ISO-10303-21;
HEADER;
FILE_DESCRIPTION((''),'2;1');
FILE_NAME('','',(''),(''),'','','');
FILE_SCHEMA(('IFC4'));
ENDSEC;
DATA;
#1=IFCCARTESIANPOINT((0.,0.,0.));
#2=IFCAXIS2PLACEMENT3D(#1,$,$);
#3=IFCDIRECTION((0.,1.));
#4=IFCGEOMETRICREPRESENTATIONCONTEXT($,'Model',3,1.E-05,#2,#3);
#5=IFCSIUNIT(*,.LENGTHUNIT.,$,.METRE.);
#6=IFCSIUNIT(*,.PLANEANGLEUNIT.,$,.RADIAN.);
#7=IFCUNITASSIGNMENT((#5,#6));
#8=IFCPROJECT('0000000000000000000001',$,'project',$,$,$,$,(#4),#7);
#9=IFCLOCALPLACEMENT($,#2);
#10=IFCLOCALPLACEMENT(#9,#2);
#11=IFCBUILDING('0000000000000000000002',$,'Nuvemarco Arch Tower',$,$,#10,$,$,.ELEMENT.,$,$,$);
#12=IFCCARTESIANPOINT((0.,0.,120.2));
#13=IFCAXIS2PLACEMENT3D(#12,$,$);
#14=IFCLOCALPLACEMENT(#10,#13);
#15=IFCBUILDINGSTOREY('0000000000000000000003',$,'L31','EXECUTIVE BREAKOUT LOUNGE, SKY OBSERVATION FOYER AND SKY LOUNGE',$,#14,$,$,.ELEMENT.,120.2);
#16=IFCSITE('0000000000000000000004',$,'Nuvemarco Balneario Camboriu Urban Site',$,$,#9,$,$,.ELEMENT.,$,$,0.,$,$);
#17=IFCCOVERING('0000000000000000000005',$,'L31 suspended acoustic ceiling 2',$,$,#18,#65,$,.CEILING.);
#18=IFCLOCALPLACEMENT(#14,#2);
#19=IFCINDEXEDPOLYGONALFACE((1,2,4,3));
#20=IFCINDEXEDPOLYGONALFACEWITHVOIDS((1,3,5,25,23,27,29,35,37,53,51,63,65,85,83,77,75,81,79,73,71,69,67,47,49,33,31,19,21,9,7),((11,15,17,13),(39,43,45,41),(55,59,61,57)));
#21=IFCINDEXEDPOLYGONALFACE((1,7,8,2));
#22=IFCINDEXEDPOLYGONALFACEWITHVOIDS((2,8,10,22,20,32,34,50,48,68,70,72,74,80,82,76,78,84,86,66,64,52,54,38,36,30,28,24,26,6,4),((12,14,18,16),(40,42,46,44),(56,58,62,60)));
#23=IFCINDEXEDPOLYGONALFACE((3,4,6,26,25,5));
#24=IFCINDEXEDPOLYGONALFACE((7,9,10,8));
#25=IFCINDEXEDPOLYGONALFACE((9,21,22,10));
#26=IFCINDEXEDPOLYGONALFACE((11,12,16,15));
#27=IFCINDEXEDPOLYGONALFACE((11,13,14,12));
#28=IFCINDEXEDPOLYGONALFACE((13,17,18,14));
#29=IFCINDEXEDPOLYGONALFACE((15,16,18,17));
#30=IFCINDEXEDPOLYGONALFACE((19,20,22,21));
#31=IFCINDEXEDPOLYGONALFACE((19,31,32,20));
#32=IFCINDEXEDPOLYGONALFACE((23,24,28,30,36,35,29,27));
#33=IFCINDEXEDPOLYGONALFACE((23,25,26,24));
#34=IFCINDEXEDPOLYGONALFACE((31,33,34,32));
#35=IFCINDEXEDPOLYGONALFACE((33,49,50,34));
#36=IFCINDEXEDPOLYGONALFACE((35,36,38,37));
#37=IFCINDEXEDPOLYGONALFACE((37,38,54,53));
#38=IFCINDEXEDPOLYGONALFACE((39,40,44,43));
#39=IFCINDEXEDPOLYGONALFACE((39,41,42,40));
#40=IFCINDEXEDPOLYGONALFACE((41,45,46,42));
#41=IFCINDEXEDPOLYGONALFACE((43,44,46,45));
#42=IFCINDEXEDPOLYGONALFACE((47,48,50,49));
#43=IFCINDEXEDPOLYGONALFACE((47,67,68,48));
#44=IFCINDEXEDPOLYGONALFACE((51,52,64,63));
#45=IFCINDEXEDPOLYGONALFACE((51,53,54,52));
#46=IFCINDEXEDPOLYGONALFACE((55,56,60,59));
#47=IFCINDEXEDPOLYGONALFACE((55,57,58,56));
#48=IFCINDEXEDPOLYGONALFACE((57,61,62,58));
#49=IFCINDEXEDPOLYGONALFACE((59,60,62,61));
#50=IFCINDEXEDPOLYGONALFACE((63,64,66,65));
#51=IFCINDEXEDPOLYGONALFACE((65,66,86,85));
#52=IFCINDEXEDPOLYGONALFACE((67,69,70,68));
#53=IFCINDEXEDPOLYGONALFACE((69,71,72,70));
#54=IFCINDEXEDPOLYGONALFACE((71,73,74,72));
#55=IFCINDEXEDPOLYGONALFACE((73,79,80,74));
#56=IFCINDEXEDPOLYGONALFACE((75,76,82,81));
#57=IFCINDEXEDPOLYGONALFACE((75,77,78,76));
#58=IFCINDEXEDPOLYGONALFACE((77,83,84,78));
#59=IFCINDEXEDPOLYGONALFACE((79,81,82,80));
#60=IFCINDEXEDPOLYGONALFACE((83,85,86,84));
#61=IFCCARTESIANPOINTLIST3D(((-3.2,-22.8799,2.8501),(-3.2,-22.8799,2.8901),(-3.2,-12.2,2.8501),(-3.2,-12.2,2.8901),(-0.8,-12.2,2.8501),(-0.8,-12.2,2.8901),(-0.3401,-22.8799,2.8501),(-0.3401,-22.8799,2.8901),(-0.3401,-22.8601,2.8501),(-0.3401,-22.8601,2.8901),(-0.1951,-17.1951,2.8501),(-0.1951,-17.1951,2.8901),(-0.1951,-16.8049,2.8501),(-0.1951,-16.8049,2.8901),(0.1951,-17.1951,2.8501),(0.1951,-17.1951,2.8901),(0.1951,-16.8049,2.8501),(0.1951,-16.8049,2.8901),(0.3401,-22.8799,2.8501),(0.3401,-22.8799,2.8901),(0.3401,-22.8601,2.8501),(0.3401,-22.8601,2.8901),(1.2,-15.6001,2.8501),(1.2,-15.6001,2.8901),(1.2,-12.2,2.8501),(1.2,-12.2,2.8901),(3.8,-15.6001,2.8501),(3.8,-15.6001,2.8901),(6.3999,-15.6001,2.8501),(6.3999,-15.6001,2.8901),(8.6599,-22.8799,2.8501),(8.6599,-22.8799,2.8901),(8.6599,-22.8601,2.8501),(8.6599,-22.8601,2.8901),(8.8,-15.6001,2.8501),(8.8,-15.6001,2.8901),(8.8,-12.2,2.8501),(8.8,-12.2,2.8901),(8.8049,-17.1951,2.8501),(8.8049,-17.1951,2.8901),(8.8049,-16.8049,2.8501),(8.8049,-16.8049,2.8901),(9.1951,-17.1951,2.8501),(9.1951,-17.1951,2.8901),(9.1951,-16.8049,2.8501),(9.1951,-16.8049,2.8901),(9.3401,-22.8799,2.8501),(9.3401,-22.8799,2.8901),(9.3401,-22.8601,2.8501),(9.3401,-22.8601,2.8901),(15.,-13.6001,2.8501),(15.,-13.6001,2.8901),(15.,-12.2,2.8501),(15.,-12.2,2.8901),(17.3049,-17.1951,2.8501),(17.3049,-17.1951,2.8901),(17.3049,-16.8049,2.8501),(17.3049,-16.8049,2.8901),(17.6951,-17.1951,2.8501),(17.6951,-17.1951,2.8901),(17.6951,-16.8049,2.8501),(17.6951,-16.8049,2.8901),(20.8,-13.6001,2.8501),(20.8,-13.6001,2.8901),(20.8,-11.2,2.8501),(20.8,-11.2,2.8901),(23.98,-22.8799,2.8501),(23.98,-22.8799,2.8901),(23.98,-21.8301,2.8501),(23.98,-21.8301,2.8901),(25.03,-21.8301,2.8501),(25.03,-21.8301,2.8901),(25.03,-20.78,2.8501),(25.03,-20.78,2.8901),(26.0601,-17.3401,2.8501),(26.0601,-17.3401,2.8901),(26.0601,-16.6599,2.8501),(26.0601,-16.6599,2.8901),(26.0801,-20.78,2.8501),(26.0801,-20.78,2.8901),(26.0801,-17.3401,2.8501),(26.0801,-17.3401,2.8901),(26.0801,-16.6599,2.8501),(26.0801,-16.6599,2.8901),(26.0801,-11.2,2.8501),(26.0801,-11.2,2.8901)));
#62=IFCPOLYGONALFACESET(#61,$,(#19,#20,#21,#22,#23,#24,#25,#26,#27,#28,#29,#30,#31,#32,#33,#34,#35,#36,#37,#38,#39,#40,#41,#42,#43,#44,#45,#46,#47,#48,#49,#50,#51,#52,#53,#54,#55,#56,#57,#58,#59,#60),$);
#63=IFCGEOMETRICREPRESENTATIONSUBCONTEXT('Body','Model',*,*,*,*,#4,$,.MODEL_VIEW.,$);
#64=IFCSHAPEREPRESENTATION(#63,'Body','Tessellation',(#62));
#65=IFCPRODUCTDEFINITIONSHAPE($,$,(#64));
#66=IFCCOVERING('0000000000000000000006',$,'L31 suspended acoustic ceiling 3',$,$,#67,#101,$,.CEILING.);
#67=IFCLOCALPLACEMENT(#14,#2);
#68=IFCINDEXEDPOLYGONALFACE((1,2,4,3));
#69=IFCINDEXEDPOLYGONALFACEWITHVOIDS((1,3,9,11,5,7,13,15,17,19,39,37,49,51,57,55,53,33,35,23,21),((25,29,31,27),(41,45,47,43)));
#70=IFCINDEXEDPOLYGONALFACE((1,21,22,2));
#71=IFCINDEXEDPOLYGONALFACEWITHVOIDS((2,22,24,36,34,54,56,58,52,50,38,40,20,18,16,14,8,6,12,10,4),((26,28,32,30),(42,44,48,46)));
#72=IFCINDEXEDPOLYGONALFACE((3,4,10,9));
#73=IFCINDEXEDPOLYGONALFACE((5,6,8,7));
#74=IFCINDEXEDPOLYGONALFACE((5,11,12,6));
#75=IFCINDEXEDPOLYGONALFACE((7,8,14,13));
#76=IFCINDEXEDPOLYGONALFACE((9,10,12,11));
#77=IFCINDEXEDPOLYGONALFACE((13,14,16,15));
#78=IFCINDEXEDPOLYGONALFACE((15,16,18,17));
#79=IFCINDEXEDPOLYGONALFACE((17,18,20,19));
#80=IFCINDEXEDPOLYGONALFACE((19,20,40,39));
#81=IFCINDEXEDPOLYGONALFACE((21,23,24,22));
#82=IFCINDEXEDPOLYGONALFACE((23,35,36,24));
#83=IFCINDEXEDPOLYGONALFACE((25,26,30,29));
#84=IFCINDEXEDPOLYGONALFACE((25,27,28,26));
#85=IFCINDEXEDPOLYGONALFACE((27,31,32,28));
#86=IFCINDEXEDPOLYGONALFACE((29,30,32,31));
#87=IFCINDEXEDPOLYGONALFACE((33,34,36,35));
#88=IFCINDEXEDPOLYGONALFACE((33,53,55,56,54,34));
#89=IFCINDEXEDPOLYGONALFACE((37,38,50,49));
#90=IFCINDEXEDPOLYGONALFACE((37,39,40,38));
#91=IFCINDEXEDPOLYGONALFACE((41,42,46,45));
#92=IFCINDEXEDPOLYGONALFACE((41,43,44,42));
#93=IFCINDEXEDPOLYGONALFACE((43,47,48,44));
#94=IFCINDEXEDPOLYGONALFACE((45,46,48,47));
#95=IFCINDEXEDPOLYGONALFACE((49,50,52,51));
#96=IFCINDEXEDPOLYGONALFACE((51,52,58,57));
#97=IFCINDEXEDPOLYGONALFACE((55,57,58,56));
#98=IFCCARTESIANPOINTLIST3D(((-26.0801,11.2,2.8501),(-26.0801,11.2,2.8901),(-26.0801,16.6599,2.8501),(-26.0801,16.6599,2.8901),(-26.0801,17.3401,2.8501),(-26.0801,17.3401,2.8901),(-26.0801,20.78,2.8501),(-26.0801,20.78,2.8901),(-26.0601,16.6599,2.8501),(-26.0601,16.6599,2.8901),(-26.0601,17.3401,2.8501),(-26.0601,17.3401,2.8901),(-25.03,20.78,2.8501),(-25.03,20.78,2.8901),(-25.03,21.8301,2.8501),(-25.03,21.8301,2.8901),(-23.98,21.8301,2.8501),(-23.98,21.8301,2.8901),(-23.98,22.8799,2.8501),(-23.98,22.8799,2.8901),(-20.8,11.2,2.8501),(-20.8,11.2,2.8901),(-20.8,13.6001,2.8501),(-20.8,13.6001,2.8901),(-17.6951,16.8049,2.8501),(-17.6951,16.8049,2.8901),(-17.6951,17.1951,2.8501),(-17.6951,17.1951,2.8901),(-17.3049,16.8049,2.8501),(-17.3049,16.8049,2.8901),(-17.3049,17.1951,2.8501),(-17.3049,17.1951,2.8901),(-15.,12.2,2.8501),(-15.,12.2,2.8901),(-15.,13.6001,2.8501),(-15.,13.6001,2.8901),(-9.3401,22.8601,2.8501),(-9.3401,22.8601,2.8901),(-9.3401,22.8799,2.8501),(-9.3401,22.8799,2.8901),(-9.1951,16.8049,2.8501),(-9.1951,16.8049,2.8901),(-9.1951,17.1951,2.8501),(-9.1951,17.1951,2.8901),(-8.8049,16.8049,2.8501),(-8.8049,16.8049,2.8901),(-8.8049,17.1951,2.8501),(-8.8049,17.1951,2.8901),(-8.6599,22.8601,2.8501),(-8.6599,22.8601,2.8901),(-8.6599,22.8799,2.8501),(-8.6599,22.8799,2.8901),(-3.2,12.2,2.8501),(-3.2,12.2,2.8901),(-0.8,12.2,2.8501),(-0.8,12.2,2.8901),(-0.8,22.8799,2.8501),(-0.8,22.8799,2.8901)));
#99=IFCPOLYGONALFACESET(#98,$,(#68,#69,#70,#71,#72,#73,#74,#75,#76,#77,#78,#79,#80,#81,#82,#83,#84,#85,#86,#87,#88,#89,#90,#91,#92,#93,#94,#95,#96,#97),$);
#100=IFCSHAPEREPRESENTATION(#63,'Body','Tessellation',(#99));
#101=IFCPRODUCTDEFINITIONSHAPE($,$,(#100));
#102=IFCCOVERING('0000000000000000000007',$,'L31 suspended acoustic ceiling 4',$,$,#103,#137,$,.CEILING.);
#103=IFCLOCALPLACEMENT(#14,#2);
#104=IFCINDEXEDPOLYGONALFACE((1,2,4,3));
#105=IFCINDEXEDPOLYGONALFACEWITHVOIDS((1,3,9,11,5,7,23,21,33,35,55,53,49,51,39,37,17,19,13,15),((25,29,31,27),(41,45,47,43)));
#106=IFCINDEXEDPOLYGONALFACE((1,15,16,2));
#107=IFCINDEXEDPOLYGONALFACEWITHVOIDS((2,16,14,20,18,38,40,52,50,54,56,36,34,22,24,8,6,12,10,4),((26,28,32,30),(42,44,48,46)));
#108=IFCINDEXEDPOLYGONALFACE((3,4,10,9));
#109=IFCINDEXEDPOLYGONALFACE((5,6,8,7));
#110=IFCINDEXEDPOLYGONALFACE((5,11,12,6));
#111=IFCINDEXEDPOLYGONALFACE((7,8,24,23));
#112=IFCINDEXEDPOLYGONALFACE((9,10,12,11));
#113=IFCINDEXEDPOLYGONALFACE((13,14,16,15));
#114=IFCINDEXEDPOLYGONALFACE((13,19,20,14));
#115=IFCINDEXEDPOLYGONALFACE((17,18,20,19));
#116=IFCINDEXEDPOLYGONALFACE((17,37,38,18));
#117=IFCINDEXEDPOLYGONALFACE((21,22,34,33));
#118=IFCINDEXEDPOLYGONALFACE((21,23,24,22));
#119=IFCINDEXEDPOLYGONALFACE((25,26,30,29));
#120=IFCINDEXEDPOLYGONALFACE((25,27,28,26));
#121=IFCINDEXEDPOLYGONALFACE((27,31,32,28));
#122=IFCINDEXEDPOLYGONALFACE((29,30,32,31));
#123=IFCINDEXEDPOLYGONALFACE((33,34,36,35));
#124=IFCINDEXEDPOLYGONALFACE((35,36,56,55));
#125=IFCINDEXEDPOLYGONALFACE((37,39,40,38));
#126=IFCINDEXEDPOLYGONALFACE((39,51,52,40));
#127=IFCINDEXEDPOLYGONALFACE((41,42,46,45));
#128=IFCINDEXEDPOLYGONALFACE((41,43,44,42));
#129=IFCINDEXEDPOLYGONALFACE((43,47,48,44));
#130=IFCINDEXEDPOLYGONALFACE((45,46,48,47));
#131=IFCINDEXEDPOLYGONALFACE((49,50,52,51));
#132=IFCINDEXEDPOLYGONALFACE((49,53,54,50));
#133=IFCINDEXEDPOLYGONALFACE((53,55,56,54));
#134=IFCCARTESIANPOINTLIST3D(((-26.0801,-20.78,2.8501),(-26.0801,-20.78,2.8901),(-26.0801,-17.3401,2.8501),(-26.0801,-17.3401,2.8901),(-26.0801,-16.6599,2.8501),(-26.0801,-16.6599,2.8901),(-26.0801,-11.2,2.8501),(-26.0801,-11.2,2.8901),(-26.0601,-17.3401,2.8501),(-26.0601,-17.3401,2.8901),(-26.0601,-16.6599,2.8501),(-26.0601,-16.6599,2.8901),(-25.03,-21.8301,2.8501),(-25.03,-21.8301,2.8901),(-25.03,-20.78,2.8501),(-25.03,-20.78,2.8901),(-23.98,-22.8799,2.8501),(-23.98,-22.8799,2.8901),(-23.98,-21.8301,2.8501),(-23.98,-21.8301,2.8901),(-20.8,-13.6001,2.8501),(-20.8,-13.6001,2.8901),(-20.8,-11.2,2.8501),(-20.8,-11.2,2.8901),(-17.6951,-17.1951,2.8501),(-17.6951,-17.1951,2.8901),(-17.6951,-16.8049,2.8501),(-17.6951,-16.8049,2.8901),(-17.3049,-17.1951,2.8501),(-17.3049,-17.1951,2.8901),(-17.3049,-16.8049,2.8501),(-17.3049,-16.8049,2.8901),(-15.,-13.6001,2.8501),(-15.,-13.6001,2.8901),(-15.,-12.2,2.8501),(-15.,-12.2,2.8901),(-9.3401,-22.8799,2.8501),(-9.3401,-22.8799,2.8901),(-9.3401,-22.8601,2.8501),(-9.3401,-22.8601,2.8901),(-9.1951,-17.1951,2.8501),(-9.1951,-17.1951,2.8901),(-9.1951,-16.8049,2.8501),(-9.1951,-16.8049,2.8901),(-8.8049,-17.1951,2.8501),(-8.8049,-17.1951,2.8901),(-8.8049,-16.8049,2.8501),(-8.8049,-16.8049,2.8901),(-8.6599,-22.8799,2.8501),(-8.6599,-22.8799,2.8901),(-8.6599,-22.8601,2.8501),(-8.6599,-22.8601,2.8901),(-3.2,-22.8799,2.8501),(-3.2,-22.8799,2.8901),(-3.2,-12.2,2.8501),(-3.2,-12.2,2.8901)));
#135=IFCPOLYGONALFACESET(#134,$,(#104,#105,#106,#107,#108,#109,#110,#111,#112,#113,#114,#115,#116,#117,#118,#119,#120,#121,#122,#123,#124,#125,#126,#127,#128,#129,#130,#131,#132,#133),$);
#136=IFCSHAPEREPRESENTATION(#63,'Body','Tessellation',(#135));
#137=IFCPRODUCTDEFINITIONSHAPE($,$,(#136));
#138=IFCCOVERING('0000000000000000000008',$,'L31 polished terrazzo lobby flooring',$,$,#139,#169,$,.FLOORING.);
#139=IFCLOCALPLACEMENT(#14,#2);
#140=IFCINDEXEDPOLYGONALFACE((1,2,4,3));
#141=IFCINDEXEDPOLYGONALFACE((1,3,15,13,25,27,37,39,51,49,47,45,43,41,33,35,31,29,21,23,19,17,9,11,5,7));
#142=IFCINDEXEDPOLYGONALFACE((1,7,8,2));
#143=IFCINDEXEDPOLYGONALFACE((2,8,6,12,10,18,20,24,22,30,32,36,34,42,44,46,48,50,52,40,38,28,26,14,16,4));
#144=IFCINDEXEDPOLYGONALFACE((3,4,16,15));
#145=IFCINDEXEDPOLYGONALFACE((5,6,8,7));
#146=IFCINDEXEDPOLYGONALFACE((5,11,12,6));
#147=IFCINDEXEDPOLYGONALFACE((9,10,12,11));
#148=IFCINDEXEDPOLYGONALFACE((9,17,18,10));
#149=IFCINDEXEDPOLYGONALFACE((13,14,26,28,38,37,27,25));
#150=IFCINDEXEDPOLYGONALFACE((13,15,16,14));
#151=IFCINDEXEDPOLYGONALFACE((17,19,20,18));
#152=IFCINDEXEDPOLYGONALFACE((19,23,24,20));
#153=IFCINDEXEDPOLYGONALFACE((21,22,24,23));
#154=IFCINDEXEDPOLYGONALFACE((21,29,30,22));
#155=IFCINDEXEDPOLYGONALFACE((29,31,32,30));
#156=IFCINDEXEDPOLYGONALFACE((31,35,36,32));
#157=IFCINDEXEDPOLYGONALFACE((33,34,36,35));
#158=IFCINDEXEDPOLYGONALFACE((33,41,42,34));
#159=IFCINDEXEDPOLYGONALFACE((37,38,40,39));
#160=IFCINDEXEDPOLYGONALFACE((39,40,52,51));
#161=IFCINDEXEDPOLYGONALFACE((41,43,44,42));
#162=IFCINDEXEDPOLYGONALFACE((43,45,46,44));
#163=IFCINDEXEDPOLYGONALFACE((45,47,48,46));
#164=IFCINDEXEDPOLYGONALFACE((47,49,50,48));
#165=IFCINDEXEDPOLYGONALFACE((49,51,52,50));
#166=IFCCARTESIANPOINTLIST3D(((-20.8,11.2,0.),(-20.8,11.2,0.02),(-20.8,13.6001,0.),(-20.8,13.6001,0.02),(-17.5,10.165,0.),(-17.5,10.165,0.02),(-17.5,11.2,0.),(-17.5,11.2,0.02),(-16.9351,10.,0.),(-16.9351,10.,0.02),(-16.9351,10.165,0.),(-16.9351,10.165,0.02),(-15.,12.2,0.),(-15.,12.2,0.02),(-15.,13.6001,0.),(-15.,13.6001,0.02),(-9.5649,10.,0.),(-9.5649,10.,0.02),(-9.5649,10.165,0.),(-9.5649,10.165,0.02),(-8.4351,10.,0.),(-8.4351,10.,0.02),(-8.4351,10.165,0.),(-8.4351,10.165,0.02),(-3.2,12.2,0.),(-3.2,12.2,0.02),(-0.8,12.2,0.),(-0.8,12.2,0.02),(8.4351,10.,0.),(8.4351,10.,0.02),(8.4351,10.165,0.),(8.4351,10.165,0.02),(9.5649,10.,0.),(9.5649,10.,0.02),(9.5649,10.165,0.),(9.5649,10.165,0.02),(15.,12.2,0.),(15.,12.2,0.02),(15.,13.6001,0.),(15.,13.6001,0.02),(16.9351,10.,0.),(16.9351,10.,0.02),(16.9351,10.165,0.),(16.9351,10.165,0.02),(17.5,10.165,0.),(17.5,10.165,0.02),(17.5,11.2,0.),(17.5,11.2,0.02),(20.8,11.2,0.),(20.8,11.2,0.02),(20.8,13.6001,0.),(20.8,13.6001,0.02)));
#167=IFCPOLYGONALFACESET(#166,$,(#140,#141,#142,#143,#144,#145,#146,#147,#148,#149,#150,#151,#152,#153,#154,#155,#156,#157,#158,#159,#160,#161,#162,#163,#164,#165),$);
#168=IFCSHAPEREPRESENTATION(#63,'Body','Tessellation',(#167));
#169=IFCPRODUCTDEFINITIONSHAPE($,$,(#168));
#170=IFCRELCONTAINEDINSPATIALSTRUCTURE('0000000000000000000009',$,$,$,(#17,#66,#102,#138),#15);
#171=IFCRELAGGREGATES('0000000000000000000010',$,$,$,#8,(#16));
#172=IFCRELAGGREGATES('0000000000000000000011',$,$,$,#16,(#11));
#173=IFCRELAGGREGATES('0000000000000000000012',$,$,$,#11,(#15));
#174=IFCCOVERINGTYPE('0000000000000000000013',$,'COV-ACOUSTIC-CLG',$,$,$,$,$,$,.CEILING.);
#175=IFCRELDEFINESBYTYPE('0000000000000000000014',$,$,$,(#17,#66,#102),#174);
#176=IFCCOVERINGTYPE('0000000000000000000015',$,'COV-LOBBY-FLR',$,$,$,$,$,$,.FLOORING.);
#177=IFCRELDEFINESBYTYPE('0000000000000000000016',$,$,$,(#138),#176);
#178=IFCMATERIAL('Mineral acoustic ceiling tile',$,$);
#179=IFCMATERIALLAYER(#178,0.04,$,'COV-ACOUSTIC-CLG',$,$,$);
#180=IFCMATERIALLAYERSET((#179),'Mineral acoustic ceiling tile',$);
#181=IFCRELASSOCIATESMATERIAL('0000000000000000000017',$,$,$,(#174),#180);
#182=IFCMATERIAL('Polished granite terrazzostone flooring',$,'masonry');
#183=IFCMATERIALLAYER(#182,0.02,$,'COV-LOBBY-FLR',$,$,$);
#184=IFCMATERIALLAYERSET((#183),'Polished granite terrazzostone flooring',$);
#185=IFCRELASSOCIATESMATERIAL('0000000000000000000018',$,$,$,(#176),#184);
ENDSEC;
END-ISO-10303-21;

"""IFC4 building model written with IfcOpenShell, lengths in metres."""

from ifc_helpers import new_model, si_unit, direction, frame, origin, place, context, subcontext, project, spatial, polyline, outline, extrude, material, layer, layer_set, type_object, element, save


model = new_model("IFC4")

# Units and contexts
model_context = context("Model", 3, precision=1e-05, world=origin(), true_north=direction((0.0, 1.0)))
body_context = subcontext(model_context, "Body", "Model", "MODEL_VIEW")
ifc_project = project(units=[si_unit("LENGTHUNIT", "METRE"), si_unit("PLANEANGLEUNIT", "RADIAN")], contexts=[model_context])

# Site, building, storey
site_placement = place(None, origin())
site = spatial("IfcSite", under=ifc_project, at=site_placement, Name="Nuvemarco Balneario Camboriu Urban Site", CompositionType="ELEMENT", RefElevation=0.0)
building_placement = place(site_placement, origin())
building = spatial("IfcBuilding", under=site, at=building_placement, Name="Nuvemarco Arch Tower", CompositionType="ELEMENT")
storey_placement = place(building_placement, frame((0.0, 0.0, 120.2)))
storey = spatial("IfcBuildingStorey", under=building, at=storey_placement, Name="L31", Description="EXECUTIVE BREAKOUT LOUNGE, SKY OBSERVATION FOYER AND SKY LOUNGE", CompositionType="ELEMENT", Elevation=120.2)

# Coverings
ifc_material_1 = material(Name="Mineral acoustic ceiling tile")
ifc_layer_1 = layer(ifc_material_1, 0.04, Name="COV-ACOUSTIC-CLG")
ifc_layer_set_1 = layer_set([ifc_layer_1], Name="Mineral acoustic ceiling tile")
covering_type_1 = type_object("IfcCoveringType", Name="COV-ACOUSTIC-CLG", PredefinedType="CEILING", material=ifc_layer_set_1)
covering_1_placement = place(storey_placement, frame((0.0, 0.0, 2.8501)))
element("IfcCovering", 1, at=covering_1_placement, inside=storey, type_object=covering_type_1, Name="L31 suspended acoustic ceiling 2", PredefinedType="CEILING", context=body_context, shape_type="SweptSolid", body=[
    extrude(outline(polyline([(23.98, -22.8799), (9.3401, -22.8799), (9.3401, -22.8601), (8.6599, -22.8601), (8.6599, -22.8799), (0.3401, -22.8799), (0.3401, -22.8601), (-0.3401, -22.8601), (-0.3401, -22.8799), (-3.2, -22.8799), (-3.2, -12.2), (-0.8, -12.2), (1.2, -12.2), (1.2, -15.6001), (3.8, -15.6001), (6.3999, -15.6001), (8.8, -15.6001), (8.8, -12.2), (15.0, -12.2), (15.0, -13.6001), (20.8, -13.6001), (20.8, -11.2), (26.0801, -11.2), (26.0801, -16.6599), (26.0601, -16.6599), (26.0601, -17.3401), (26.0801, -17.3401), (26.0801, -20.78), (25.03, -20.78), (25.03, -21.8301), (23.98, -21.8301), (23.98, -22.8799)]), holes=[polyline([(0.1951, -17.1951), (0.1951, -16.8049), (-0.1951, -16.8049), (-0.1951, -17.1951), (0.1951, -17.1951)]), polyline([(9.1951, -17.1951), (9.1951, -16.8049), (8.8049, -16.8049), (8.8049, -17.1951), (9.1951, -17.1951)]), polyline([(17.6951, -17.1951), (17.6951, -16.8049), (17.3049, -16.8049), (17.3049, -17.1951), (17.6951, -17.1951)])]), origin(), (0.0, 0.0, 1.0), 0.04),
])
covering_2_placement = place(storey_placement, frame((0.0, 0.0, 2.8501)))
element("IfcCovering", 2, at=covering_2_placement, inside=storey, type_object=covering_type_1, Name="L31 suspended acoustic ceiling 3", PredefinedType="CEILING", context=body_context, shape_type="SweptSolid", body=[
    extrude(outline(polyline([(-20.8, 11.2), (-26.0801, 11.2), (-26.0801, 16.6599), (-26.0601, 16.6599), (-26.0601, 17.3401), (-26.0801, 17.3401), (-26.0801, 20.78), (-25.03, 20.78), (-25.03, 21.8301), (-23.98, 21.8301), (-23.98, 22.8799), (-9.3401, 22.8799), (-9.3401, 22.8601), (-8.6599, 22.8601), (-8.6599, 22.8799), (-0.8, 22.8799), (-0.8, 12.2), (-3.2, 12.2), (-15.0, 12.2), (-15.0, 13.6001), (-20.8, 13.6001), (-20.8, 11.2)]), holes=[polyline([(-17.3049, 16.8049), (-17.3049, 17.1951), (-17.6951, 17.1951), (-17.6951, 16.8049), (-17.3049, 16.8049)]), polyline([(-8.8049, 16.8049), (-8.8049, 17.1951), (-9.1951, 17.1951), (-9.1951, 16.8049), (-8.8049, 16.8049)])]), origin(), (0.0, 0.0, 1.0), 0.04),
])
covering_3_placement = place(storey_placement, frame((0.0, 0.0, 2.8501)))
element("IfcCovering", 3, at=covering_3_placement, inside=storey, type_object=covering_type_1, Name="L31 suspended acoustic ceiling 4", PredefinedType="CEILING", context=body_context, shape_type="SweptSolid", body=[
    extrude(outline(polyline([(-26.0801, -20.78), (-26.0801, -17.3401), (-26.0601, -17.3401), (-26.0601, -16.6599), (-26.0801, -16.6599), (-26.0801, -11.2), (-20.8, -11.2), (-20.8, -13.6001), (-15.0, -13.6001), (-15.0, -12.2), (-3.2, -12.2), (-3.2, -22.8799), (-8.6599, -22.8799), (-8.6599, -22.8601), (-9.3401, -22.8601), (-9.3401, -22.8799), (-23.98, -22.8799), (-23.98, -21.8301), (-25.03, -21.8301), (-25.03, -20.78), (-26.0801, -20.78)]), holes=[polyline([(-17.3049, -16.8049), (-17.6951, -16.8049), (-17.6951, -17.1951), (-17.3049, -17.1951), (-17.3049, -16.8049)]), polyline([(-8.8049, -17.1951), (-8.8049, -16.8049), (-9.1951, -16.8049), (-9.1951, -17.1951), (-8.8049, -17.1951)])]), origin(), (0.0, 0.0, 1.0), 0.04),
])
ifc_material_2 = material(Name="Polished granite terrazzostone flooring", Category="masonry")
ifc_layer_2 = layer(ifc_material_2, 0.02, Name="COV-LOBBY-FLR")
ifc_layer_set_2 = layer_set([ifc_layer_2], Name="Polished granite terrazzostone flooring")
covering_type_2 = type_object("IfcCoveringType", Name="COV-LOBBY-FLR", PredefinedType="FLOORING", material=ifc_layer_set_2)
covering_4_placement = place(storey_placement, origin())
element("IfcCovering", 4, at=covering_4_placement, inside=storey, type_object=covering_type_2, Name="L31 polished terrazzo lobby flooring", PredefinedType="FLOORING", context=body_context, shape_type="SweptSolid", body=[
    extrude(outline(polyline([(-8.4351, 10.165), (-9.5649, 10.165), (-9.5649, 10.0), (-16.9351, 10.0), (-16.9351, 10.165), (-17.5, 10.165), (-17.5, 11.2), (-20.8, 11.2), (-20.8, 13.6001), (-15.0, 13.6001), (-15.0, 12.2), (-3.2, 12.2), (-0.8, 12.2), (15.0, 12.2), (15.0, 13.6001), (20.8, 13.6001), (20.8, 11.2), (17.5, 11.2), (17.5, 10.165), (16.9351, 10.165), (16.9351, 10.0), (9.5649, 10.0), (9.5649, 10.165), (8.4351, 10.165), (8.4351, 10.0), (-8.4351, 10.0), (-8.4351, 10.165)])), origin(), (0.0, 0.0, 1.0), 0.02),
])

save(model, "model.ifc")
